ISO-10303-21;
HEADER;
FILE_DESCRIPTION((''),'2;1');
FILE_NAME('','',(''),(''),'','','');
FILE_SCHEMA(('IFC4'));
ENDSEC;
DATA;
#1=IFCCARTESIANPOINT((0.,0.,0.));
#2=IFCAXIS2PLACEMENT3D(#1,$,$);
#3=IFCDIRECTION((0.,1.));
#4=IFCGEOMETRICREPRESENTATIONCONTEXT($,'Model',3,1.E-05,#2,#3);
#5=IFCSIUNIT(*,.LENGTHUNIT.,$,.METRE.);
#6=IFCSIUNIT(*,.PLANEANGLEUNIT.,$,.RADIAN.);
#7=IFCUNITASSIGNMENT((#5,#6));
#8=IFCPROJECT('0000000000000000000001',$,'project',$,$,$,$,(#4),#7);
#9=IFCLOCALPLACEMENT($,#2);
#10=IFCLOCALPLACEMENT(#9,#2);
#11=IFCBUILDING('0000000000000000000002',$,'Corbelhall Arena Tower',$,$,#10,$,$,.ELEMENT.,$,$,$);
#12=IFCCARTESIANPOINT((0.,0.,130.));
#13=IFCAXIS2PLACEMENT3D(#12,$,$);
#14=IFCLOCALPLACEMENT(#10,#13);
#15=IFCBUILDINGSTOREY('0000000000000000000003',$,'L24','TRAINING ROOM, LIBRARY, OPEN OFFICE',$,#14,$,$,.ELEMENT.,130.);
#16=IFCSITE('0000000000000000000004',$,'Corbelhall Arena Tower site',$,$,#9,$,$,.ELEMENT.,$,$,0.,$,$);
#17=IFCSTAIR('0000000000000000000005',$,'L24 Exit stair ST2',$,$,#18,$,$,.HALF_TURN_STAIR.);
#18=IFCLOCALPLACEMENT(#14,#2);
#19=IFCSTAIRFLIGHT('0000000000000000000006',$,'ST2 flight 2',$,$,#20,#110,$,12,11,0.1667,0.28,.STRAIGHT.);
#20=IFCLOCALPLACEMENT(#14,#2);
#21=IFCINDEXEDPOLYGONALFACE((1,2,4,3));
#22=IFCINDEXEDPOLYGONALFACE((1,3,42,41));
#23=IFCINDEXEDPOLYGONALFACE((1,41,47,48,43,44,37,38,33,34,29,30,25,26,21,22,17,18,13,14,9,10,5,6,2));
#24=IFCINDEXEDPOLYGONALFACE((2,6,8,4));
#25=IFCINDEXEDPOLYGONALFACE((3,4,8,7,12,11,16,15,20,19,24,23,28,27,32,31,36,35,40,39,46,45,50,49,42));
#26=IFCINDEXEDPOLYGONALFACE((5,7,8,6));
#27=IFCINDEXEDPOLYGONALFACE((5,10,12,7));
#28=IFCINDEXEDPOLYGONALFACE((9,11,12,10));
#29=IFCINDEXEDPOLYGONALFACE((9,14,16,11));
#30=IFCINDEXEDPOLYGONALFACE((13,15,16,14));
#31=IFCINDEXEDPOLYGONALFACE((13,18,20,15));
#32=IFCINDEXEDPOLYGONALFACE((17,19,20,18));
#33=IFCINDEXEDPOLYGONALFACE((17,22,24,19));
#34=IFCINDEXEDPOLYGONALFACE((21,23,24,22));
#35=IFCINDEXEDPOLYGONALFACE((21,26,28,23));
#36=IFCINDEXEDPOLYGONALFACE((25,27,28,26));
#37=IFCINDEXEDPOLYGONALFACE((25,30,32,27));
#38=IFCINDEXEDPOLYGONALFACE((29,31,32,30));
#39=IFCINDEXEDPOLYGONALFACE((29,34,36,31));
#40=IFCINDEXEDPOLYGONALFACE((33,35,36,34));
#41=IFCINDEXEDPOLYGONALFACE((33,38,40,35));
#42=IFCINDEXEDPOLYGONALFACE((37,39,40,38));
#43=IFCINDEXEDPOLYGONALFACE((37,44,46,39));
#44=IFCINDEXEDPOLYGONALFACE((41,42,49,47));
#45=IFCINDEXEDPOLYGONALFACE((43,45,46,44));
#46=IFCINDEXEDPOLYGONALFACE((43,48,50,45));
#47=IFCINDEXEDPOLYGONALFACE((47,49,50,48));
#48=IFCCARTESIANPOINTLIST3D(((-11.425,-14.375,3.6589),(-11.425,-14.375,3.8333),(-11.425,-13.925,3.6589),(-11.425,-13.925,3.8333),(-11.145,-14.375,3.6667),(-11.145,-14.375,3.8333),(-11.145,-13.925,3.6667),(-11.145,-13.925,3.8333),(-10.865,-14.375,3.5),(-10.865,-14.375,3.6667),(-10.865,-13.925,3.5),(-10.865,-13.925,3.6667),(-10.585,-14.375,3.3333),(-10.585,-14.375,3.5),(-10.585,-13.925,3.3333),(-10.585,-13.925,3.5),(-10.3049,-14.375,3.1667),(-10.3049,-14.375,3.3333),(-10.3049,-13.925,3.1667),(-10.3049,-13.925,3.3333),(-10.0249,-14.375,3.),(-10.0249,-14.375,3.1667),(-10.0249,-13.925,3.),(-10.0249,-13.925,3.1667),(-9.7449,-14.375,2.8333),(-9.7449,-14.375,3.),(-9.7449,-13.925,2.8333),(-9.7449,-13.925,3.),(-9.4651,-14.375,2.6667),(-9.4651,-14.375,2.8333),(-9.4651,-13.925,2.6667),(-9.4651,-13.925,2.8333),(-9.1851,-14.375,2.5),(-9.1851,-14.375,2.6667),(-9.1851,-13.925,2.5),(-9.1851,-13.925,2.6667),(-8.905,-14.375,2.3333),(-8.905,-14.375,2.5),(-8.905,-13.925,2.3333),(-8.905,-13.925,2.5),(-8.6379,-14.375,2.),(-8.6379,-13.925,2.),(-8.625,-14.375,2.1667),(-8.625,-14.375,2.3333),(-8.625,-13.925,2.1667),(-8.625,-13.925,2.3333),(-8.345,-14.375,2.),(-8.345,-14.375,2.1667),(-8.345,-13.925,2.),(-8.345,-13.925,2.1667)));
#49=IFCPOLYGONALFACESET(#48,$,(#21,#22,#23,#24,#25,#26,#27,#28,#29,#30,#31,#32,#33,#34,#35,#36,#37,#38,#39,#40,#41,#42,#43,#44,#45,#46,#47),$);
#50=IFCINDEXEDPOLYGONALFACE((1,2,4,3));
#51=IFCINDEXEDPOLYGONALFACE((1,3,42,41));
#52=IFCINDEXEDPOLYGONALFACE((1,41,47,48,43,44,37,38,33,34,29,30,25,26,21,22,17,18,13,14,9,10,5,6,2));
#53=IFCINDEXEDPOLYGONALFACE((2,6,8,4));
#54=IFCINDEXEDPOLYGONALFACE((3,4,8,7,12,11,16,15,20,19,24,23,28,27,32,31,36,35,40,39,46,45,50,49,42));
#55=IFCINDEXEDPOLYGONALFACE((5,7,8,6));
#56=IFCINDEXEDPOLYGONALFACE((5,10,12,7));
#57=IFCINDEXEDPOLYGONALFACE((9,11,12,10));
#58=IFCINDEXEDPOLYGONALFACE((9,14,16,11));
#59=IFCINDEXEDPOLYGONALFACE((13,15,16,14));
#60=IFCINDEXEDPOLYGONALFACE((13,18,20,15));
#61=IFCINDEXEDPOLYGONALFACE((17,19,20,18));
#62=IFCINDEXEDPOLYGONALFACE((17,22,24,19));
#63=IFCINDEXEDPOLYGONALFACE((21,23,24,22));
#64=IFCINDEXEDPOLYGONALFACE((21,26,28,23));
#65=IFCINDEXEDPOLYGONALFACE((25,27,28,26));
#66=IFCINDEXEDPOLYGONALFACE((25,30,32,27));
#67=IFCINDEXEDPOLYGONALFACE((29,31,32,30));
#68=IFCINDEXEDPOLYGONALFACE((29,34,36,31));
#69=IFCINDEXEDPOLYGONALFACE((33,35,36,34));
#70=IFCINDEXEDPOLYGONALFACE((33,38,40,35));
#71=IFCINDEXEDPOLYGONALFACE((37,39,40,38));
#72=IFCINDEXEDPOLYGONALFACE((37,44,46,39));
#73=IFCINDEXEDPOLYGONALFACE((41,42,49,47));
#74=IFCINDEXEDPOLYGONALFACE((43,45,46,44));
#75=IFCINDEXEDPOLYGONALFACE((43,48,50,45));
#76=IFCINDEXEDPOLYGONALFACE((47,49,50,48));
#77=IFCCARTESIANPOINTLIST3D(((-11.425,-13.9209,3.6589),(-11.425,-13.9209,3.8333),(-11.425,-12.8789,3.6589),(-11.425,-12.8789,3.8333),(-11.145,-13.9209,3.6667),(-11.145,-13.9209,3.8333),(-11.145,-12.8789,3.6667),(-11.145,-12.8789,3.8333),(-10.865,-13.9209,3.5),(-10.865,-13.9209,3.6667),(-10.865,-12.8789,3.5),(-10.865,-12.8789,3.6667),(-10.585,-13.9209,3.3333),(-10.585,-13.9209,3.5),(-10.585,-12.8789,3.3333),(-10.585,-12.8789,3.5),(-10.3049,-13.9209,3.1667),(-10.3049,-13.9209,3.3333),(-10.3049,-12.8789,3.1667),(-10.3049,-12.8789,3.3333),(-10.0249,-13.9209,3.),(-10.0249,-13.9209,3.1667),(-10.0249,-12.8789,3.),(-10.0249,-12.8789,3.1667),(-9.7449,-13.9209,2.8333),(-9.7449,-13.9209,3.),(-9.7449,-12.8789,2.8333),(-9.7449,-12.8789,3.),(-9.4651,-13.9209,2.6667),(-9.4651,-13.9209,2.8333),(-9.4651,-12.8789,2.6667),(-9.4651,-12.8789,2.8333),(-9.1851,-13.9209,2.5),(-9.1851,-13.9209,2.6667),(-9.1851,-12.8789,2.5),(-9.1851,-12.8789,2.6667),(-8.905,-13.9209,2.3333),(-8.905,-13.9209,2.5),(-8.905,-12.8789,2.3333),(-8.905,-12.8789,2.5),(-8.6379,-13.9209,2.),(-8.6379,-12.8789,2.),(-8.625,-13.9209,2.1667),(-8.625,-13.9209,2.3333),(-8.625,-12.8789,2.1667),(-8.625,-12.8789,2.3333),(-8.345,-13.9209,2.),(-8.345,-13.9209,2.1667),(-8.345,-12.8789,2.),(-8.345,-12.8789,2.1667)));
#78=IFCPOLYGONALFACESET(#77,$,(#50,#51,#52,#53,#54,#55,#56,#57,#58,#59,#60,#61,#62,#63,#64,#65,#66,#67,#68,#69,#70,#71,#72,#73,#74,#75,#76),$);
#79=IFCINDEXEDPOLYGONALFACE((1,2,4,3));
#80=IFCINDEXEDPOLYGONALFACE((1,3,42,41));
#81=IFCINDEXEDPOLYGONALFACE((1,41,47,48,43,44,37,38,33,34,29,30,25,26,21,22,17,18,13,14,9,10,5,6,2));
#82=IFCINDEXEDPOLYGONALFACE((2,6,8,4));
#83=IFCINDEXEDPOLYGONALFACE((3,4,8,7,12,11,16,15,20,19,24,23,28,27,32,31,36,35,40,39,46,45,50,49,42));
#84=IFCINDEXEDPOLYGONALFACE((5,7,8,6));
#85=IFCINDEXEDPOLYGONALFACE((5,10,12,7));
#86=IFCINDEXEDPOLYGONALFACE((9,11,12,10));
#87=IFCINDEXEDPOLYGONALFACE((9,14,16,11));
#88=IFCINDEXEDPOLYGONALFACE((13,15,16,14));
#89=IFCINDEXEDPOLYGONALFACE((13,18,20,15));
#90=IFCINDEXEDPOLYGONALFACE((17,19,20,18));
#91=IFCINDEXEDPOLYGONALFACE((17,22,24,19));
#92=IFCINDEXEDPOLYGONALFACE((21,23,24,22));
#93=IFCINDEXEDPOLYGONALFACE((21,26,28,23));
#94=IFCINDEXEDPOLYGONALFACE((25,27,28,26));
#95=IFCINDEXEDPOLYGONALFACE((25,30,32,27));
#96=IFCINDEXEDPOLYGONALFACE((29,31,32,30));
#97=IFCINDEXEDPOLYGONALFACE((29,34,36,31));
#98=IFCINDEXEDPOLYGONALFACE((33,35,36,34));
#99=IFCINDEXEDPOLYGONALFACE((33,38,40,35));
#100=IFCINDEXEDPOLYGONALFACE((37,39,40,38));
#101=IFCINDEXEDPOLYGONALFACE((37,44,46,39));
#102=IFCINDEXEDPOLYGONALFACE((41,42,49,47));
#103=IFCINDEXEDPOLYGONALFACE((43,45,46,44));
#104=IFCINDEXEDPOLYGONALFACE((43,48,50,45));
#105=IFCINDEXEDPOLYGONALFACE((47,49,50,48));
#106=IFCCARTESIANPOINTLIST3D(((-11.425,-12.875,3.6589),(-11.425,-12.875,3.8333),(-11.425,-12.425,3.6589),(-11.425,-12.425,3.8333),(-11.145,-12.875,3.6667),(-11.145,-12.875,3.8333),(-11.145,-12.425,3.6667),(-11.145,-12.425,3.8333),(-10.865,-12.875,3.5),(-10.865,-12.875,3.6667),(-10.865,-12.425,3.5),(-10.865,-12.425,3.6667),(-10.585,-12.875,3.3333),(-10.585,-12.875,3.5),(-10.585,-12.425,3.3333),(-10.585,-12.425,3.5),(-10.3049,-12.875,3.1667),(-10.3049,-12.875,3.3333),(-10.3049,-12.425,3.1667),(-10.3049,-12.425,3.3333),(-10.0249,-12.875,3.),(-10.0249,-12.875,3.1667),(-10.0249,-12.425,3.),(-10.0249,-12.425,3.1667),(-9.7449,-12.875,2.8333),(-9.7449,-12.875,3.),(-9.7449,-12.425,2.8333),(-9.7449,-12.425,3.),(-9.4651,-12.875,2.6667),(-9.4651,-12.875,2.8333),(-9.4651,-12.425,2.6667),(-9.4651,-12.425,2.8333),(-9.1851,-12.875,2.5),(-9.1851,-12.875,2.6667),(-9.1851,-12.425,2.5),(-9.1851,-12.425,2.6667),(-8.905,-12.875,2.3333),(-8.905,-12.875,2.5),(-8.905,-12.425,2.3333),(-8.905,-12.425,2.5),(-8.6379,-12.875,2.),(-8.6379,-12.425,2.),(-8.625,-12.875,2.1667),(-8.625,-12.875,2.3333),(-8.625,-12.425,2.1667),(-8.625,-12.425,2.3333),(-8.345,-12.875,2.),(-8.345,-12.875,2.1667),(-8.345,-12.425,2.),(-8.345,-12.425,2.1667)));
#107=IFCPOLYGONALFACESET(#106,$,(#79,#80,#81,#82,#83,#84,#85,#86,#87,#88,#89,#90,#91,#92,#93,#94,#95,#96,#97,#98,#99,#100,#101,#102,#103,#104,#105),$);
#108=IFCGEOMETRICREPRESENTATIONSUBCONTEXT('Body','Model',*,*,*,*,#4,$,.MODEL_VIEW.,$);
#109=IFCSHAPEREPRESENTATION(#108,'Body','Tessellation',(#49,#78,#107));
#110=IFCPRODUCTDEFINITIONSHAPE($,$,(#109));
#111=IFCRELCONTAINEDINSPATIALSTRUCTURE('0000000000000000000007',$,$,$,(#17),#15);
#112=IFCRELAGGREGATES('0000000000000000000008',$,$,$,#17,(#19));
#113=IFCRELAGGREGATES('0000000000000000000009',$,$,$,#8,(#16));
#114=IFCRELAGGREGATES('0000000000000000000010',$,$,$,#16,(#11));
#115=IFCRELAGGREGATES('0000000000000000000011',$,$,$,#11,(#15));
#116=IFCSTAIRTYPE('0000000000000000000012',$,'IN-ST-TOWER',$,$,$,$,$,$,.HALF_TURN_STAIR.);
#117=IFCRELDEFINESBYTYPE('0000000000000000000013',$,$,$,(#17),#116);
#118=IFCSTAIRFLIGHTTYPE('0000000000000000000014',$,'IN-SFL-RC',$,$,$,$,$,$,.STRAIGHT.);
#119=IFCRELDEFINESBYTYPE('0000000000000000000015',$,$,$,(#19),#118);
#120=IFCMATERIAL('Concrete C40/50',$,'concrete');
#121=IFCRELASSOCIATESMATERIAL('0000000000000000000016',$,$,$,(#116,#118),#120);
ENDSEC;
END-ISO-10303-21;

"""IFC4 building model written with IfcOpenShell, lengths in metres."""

from ifc_helpers import new_model, si_unit, direction, frame, origin, place, context, subcontext, project, spatial, polyline, outline, extrude, material, type_object, element, aggregate, save


model = new_model("IFC4")

# Units and contexts
model_context = context("Model", 3, precision=1e-05, world=origin(), true_north=direction((0.0, 1.0)))
body_context = subcontext(model_context, "Body", "Model", "MODEL_VIEW")
ifc_project = project(units=[si_unit("LENGTHUNIT", "METRE"), si_unit("PLANEANGLEUNIT", "RADIAN")], contexts=[model_context])

# Site, building, storey
site_placement = place(None, origin())
site = spatial("IfcSite", under=ifc_project, at=site_placement, Name="Corbelhall Arena Tower site", CompositionType="ELEMENT", RefElevation=0.0)
building_placement = place(site_placement, origin())
building = spatial("IfcBuilding", under=site, at=building_placement, Name="Corbelhall Arena Tower", CompositionType="ELEMENT")
storey_placement = place(building_placement, frame((0.0, 0.0, 130.0)))
storey = spatial("IfcBuildingStorey", under=building, at=storey_placement, Name="L24", Description="TRAINING ROOM, LIBRARY, OPEN OFFICE", CompositionType="ELEMENT", Elevation=130.0)

# Shared definitions
ifc_material_1 = material(Name="Concrete C40/50", Category="concrete")

# Stair, stair flight
stair_type = type_object("IfcStairType", Name="IN-ST-TOWER", PredefinedType="HALF_TURN_STAIR", material=ifc_material_1)
stair_placement = place(storey_placement, origin())
stair = element("IfcStair", 1, at=stair_placement, inside=storey, type_object=stair_type, Name="L24 Exit stair ST2", PredefinedType="HALF_TURN_STAIR")
stair_flight_type = type_object("IfcStairFlightType", Name="IN-SFL-RC", PredefinedType="STRAIGHT", material=ifc_material_1)
stair_flight_placement = place(storey_placement, frame((-8.345, -13.3999, 2.0), z_axis=(0.0, 0.0, 1.0), x_axis=(-1.0, 0.0, 0.0)))
stair_flight = element("IfcStairFlight", 2, at=stair_flight_placement, type_object=stair_flight_type, Name="ST2 flight 2", NumberOfRisers=12, NumberOfTreads=11, PredefinedType="STRAIGHT", RiserHeight=0.1667, TreadLength=0.28, context=body_context, shape_type="SweptSolid", body=[
    extrude(outline(polyline([(0.0, 0.0), (0.0, 0.1667), (0.28, 0.1667), (0.28, 0.3333), (0.5601, 0.3333), (0.5601, 0.5), (0.8401, 0.5), (0.8401, 0.6667), (1.1201, 0.6667), (1.1201, 0.8333), (1.3999, 0.8333), (1.3999, 1.0), (1.6799, 1.0), (1.6799, 1.1667), (1.96, 1.1667), (1.96, 1.3333), (2.24, 1.3333), (2.24, 1.5), (2.52, 1.5), (2.52, 1.6667), (2.8, 1.6667), (2.8, 1.8333), (3.0801, 1.8333), (3.0801, 2.0), (3.0801, 1.6589), (0.293, 0.0), (0.0, 0.0)])), frame((0.0, 0.9751, 0.0), z_axis=(0.0, -1.0, 0.0), x_axis=(1.0, 0.0, 0.0)), (0.0, 0.0, 1.0), 0.45),
    extrude(outline(polyline([(0.0, 0.0), (0.0, 0.1667), (0.28, 0.1667), (0.28, 0.3333), (0.5601, 0.3333), (0.5601, 0.5), (0.8401, 0.5), (0.8401, 0.6667), (1.1201, 0.6667), (1.1201, 0.8333), (1.3999, 0.8333), (1.3999, 1.0), (1.6799, 1.0), (1.6799, 1.1667), (1.96, 1.1667), (1.96, 1.3333), (2.24, 1.3333), (2.24, 1.5), (2.52, 1.5), (2.52, 1.6667), (2.8, 1.6667), (2.8, 1.8333), (3.0801, 1.8333), (3.0801, 2.0), (3.0801, 1.6589), (0.293, 0.0), (0.0, 0.0)])), frame((0.0, 0.521, 0.0), z_axis=(0.0, -1.0, 0.0), x_axis=(1.0, 0.0, 0.0)), (0.0, 0.0, 1.0), 1.042),
    extrude(outline(polyline([(0.0, 0.0), (0.0, 0.1667), (0.28, 0.1667), (0.28, 0.3333), (0.5601, 0.3333), (0.5601, 0.5), (0.8401, 0.5), (0.8401, 0.6667), (1.1201, 0.6667), (1.1201, 0.8333), (1.3999, 0.8333), (1.3999, 1.0), (1.6799, 1.0), (1.6799, 1.1667), (1.96, 1.1667), (1.96, 1.3333), (2.24, 1.3333), (2.24, 1.5), (2.52, 1.5), (2.52, 1.6667), (2.8, 1.6667), (2.8, 1.8333), (3.0801, 1.8333), (3.0801, 2.0), (3.0801, 1.6589), (0.293, 0.0), (0.0, 0.0)])), frame((0.0, -0.5249, 0.0), z_axis=(0.0, -1.0, 0.0), x_axis=(1.0, 0.0, 0.0)), (0.0, 0.0, 1.0), 0.45),
])
aggregate(stair, [stair_flight])

save(model, "model.ifc")
